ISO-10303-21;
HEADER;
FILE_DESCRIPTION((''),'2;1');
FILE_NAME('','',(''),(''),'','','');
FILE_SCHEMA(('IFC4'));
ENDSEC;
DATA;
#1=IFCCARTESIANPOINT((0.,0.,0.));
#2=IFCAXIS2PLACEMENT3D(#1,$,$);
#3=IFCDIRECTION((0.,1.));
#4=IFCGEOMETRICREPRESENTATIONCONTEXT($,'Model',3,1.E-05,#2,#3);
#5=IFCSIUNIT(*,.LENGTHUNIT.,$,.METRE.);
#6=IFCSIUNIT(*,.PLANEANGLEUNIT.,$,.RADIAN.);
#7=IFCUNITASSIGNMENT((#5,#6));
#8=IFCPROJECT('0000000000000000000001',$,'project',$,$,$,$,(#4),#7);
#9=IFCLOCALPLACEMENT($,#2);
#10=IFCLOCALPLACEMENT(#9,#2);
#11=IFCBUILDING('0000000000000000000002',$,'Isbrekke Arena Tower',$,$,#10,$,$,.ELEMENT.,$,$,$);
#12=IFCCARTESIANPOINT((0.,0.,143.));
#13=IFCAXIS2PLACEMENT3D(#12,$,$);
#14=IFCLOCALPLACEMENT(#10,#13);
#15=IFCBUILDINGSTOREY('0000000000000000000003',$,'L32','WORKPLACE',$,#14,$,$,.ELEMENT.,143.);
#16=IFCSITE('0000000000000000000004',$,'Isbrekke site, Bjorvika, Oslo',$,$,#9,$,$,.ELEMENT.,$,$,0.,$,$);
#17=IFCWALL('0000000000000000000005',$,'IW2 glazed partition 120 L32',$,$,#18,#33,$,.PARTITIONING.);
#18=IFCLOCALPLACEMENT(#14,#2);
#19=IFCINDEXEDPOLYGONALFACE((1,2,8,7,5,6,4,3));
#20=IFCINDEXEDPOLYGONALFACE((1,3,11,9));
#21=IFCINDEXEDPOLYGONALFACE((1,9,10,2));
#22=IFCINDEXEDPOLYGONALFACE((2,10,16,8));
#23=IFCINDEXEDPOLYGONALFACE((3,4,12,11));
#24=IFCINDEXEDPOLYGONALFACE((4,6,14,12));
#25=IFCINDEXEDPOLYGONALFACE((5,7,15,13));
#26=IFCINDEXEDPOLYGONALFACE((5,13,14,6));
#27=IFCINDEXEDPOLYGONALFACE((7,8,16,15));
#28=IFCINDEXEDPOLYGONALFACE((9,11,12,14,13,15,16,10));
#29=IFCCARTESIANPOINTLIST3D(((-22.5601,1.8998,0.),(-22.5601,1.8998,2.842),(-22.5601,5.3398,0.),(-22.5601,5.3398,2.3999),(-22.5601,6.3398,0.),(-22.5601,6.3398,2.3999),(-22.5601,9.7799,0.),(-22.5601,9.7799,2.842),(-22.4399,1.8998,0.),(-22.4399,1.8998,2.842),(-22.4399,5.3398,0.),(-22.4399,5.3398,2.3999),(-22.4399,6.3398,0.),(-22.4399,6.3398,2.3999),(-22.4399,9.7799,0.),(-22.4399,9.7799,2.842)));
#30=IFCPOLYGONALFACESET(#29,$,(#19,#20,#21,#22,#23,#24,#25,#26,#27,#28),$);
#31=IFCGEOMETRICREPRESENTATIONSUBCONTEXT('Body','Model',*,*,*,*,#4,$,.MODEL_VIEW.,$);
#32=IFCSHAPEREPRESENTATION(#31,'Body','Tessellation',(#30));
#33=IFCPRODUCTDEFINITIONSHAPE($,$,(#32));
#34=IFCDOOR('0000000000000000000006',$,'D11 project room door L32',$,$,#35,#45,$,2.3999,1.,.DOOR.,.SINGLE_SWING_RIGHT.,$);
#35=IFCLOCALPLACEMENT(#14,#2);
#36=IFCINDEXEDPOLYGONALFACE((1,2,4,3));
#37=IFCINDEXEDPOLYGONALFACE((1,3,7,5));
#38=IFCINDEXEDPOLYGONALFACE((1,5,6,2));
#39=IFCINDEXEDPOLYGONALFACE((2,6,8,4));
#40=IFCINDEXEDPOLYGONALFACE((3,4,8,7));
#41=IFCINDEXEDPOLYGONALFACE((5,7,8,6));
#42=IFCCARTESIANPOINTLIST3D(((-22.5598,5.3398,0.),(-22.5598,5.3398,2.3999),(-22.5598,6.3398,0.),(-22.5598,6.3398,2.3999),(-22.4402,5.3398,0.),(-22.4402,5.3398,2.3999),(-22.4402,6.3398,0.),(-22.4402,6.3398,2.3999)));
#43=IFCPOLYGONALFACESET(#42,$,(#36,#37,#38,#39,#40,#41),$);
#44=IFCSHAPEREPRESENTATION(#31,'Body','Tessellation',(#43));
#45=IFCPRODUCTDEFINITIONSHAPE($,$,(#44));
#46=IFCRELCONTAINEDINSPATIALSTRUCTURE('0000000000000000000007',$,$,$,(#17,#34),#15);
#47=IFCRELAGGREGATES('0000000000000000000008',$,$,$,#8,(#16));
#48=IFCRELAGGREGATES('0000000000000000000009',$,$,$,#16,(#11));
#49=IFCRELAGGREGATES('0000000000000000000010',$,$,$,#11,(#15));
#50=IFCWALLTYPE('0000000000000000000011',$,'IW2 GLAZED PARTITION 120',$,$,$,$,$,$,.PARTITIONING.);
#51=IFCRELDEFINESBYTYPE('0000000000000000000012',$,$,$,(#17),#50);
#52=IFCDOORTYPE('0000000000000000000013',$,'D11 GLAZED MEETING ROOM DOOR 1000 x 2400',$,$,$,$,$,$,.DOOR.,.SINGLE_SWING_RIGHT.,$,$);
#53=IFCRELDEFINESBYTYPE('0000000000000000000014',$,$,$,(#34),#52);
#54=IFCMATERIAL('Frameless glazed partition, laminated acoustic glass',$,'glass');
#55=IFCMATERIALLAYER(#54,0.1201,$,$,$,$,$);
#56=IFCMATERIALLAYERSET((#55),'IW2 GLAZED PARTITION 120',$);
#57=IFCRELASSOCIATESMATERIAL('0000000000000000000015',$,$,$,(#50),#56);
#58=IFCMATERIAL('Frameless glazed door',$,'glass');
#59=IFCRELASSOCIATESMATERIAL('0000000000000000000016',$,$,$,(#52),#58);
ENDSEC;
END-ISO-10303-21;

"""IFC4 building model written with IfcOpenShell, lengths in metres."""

from ifc_helpers import new_model, si_unit, direction, frame, frame_2d, origin, place, context, subcontext, project, spatial, rectangle, extrude, material, layer, layer_set, type_object, element, fill, save


model = new_model("IFC4")

# Units and contexts
model_context = context("Model", 3, precision=1e-05, world=origin(), true_north=direction((0.0, 1.0)))
body_context = subcontext(model_context, "Body", "Model", "MODEL_VIEW")
ifc_project = project(units=[si_unit("LENGTHUNIT", "METRE"), si_unit("PLANEANGLEUNIT", "RADIAN")], contexts=[model_context])

# Site, building, storey
site_placement = place(None, origin())
site = spatial("IfcSite", under=ifc_project, at=site_placement, Name="Isbrekke site, Bjorvika, Oslo", CompositionType="ELEMENT", RefElevation=0.0)
building_placement = place(site_placement, origin())
building = spatial("IfcBuilding", under=site, at=building_placement, Name="Isbrekke Arena Tower", CompositionType="ELEMENT")
storey_placement = place(building_placement, frame((0.0, 0.0, 143.0)))
storey = spatial("IfcBuildingStorey", under=building, at=storey_placement, Name="L32", Description="WORKPLACE", CompositionType="ELEMENT", Elevation=143.0)

# Shared definitions
ifc_material_1 = material(Name="Frameless glazed partition, laminated acoustic glass", Category="glass")
ifc_layer_1 = layer(ifc_material_1, 0.1201)
ifc_layer_set_1 = layer_set([ifc_layer_1], Name="IW2 GLAZED PARTITION 120")
wall_type = type_object("IfcWallType", Name="IW2 GLAZED PARTITION 120", PredefinedType="PARTITIONING", material=ifc_layer_set_1)

# Wall, opening, door
wall_1_placement = place(storey_placement, frame((-22.5, 1.8999, 0.0), z_axis=(0.0, 0.0, 1.0), x_axis=(0.0, 1.0, 0.0)))
wall_1 = element("IfcWall", 1, at=wall_1_placement, inside=storey, type_object=wall_type, Name="IW2 glazed partition 120 L32", PredefinedType="PARTITIONING", context=body_context, shape_type="SweptSolid", body=[
    extrude(rectangle(XDim=7.8801, YDim=0.1201, at=frame_2d((3.9399, 0.0))), origin(), (0.0, 0.0, 1.0), 2.842),
])
opening_placement = place(wall_1_placement, frame((3.4399, 0.0, 0.0)))
opening = element("IfcOpeningElement", 2, at=opening_placement, cuts=wall_1, PredefinedType="OPENING", context=body_context, shape_type="SweptSolid", body=[
    extrude(rectangle(XDim=1.0, YDim=2.3999, at=frame_2d((0.5, 1.2))), frame((0.0, 0.075, 0.0), z_axis=(0.0, -1.0, 0.0), x_axis=(1.0, 0.0, 0.0)), (0.0, 0.0, 1.0), 0.1499),
])
ifc_material_2 = material(Name="Frameless glazed door", Category="glass")
door_type = type_object("IfcDoorType", Name="D11 GLAZED MEETING ROOM DOOR 1000 x 2400", OperationType="SINGLE_SWING_RIGHT", PredefinedType="DOOR", material=ifc_material_2)
door_placement = place(opening_placement, origin())
door = element("IfcDoor", 3, at=door_placement, inside=storey, type_object=door_type, Name="D11 project room door L32", OperationType="SINGLE_SWING_RIGHT", OverallHeight=2.3999, OverallWidth=1.0, PredefinedType="DOOR", context=body_context, shape_type="SweptSolid", body=[
    extrude(rectangle(XDim=1.0, YDim=2.3999, at=frame_2d((0.5, 1.2))), frame((0.0, 0.0598, 0.0), z_axis=(0.0, -1.0, 0.0), x_axis=(1.0, 0.0, 0.0)), (0.0, 0.0, 1.0), 0.1196),
])
fill(opening, door)

save(model, "model.ifc")
